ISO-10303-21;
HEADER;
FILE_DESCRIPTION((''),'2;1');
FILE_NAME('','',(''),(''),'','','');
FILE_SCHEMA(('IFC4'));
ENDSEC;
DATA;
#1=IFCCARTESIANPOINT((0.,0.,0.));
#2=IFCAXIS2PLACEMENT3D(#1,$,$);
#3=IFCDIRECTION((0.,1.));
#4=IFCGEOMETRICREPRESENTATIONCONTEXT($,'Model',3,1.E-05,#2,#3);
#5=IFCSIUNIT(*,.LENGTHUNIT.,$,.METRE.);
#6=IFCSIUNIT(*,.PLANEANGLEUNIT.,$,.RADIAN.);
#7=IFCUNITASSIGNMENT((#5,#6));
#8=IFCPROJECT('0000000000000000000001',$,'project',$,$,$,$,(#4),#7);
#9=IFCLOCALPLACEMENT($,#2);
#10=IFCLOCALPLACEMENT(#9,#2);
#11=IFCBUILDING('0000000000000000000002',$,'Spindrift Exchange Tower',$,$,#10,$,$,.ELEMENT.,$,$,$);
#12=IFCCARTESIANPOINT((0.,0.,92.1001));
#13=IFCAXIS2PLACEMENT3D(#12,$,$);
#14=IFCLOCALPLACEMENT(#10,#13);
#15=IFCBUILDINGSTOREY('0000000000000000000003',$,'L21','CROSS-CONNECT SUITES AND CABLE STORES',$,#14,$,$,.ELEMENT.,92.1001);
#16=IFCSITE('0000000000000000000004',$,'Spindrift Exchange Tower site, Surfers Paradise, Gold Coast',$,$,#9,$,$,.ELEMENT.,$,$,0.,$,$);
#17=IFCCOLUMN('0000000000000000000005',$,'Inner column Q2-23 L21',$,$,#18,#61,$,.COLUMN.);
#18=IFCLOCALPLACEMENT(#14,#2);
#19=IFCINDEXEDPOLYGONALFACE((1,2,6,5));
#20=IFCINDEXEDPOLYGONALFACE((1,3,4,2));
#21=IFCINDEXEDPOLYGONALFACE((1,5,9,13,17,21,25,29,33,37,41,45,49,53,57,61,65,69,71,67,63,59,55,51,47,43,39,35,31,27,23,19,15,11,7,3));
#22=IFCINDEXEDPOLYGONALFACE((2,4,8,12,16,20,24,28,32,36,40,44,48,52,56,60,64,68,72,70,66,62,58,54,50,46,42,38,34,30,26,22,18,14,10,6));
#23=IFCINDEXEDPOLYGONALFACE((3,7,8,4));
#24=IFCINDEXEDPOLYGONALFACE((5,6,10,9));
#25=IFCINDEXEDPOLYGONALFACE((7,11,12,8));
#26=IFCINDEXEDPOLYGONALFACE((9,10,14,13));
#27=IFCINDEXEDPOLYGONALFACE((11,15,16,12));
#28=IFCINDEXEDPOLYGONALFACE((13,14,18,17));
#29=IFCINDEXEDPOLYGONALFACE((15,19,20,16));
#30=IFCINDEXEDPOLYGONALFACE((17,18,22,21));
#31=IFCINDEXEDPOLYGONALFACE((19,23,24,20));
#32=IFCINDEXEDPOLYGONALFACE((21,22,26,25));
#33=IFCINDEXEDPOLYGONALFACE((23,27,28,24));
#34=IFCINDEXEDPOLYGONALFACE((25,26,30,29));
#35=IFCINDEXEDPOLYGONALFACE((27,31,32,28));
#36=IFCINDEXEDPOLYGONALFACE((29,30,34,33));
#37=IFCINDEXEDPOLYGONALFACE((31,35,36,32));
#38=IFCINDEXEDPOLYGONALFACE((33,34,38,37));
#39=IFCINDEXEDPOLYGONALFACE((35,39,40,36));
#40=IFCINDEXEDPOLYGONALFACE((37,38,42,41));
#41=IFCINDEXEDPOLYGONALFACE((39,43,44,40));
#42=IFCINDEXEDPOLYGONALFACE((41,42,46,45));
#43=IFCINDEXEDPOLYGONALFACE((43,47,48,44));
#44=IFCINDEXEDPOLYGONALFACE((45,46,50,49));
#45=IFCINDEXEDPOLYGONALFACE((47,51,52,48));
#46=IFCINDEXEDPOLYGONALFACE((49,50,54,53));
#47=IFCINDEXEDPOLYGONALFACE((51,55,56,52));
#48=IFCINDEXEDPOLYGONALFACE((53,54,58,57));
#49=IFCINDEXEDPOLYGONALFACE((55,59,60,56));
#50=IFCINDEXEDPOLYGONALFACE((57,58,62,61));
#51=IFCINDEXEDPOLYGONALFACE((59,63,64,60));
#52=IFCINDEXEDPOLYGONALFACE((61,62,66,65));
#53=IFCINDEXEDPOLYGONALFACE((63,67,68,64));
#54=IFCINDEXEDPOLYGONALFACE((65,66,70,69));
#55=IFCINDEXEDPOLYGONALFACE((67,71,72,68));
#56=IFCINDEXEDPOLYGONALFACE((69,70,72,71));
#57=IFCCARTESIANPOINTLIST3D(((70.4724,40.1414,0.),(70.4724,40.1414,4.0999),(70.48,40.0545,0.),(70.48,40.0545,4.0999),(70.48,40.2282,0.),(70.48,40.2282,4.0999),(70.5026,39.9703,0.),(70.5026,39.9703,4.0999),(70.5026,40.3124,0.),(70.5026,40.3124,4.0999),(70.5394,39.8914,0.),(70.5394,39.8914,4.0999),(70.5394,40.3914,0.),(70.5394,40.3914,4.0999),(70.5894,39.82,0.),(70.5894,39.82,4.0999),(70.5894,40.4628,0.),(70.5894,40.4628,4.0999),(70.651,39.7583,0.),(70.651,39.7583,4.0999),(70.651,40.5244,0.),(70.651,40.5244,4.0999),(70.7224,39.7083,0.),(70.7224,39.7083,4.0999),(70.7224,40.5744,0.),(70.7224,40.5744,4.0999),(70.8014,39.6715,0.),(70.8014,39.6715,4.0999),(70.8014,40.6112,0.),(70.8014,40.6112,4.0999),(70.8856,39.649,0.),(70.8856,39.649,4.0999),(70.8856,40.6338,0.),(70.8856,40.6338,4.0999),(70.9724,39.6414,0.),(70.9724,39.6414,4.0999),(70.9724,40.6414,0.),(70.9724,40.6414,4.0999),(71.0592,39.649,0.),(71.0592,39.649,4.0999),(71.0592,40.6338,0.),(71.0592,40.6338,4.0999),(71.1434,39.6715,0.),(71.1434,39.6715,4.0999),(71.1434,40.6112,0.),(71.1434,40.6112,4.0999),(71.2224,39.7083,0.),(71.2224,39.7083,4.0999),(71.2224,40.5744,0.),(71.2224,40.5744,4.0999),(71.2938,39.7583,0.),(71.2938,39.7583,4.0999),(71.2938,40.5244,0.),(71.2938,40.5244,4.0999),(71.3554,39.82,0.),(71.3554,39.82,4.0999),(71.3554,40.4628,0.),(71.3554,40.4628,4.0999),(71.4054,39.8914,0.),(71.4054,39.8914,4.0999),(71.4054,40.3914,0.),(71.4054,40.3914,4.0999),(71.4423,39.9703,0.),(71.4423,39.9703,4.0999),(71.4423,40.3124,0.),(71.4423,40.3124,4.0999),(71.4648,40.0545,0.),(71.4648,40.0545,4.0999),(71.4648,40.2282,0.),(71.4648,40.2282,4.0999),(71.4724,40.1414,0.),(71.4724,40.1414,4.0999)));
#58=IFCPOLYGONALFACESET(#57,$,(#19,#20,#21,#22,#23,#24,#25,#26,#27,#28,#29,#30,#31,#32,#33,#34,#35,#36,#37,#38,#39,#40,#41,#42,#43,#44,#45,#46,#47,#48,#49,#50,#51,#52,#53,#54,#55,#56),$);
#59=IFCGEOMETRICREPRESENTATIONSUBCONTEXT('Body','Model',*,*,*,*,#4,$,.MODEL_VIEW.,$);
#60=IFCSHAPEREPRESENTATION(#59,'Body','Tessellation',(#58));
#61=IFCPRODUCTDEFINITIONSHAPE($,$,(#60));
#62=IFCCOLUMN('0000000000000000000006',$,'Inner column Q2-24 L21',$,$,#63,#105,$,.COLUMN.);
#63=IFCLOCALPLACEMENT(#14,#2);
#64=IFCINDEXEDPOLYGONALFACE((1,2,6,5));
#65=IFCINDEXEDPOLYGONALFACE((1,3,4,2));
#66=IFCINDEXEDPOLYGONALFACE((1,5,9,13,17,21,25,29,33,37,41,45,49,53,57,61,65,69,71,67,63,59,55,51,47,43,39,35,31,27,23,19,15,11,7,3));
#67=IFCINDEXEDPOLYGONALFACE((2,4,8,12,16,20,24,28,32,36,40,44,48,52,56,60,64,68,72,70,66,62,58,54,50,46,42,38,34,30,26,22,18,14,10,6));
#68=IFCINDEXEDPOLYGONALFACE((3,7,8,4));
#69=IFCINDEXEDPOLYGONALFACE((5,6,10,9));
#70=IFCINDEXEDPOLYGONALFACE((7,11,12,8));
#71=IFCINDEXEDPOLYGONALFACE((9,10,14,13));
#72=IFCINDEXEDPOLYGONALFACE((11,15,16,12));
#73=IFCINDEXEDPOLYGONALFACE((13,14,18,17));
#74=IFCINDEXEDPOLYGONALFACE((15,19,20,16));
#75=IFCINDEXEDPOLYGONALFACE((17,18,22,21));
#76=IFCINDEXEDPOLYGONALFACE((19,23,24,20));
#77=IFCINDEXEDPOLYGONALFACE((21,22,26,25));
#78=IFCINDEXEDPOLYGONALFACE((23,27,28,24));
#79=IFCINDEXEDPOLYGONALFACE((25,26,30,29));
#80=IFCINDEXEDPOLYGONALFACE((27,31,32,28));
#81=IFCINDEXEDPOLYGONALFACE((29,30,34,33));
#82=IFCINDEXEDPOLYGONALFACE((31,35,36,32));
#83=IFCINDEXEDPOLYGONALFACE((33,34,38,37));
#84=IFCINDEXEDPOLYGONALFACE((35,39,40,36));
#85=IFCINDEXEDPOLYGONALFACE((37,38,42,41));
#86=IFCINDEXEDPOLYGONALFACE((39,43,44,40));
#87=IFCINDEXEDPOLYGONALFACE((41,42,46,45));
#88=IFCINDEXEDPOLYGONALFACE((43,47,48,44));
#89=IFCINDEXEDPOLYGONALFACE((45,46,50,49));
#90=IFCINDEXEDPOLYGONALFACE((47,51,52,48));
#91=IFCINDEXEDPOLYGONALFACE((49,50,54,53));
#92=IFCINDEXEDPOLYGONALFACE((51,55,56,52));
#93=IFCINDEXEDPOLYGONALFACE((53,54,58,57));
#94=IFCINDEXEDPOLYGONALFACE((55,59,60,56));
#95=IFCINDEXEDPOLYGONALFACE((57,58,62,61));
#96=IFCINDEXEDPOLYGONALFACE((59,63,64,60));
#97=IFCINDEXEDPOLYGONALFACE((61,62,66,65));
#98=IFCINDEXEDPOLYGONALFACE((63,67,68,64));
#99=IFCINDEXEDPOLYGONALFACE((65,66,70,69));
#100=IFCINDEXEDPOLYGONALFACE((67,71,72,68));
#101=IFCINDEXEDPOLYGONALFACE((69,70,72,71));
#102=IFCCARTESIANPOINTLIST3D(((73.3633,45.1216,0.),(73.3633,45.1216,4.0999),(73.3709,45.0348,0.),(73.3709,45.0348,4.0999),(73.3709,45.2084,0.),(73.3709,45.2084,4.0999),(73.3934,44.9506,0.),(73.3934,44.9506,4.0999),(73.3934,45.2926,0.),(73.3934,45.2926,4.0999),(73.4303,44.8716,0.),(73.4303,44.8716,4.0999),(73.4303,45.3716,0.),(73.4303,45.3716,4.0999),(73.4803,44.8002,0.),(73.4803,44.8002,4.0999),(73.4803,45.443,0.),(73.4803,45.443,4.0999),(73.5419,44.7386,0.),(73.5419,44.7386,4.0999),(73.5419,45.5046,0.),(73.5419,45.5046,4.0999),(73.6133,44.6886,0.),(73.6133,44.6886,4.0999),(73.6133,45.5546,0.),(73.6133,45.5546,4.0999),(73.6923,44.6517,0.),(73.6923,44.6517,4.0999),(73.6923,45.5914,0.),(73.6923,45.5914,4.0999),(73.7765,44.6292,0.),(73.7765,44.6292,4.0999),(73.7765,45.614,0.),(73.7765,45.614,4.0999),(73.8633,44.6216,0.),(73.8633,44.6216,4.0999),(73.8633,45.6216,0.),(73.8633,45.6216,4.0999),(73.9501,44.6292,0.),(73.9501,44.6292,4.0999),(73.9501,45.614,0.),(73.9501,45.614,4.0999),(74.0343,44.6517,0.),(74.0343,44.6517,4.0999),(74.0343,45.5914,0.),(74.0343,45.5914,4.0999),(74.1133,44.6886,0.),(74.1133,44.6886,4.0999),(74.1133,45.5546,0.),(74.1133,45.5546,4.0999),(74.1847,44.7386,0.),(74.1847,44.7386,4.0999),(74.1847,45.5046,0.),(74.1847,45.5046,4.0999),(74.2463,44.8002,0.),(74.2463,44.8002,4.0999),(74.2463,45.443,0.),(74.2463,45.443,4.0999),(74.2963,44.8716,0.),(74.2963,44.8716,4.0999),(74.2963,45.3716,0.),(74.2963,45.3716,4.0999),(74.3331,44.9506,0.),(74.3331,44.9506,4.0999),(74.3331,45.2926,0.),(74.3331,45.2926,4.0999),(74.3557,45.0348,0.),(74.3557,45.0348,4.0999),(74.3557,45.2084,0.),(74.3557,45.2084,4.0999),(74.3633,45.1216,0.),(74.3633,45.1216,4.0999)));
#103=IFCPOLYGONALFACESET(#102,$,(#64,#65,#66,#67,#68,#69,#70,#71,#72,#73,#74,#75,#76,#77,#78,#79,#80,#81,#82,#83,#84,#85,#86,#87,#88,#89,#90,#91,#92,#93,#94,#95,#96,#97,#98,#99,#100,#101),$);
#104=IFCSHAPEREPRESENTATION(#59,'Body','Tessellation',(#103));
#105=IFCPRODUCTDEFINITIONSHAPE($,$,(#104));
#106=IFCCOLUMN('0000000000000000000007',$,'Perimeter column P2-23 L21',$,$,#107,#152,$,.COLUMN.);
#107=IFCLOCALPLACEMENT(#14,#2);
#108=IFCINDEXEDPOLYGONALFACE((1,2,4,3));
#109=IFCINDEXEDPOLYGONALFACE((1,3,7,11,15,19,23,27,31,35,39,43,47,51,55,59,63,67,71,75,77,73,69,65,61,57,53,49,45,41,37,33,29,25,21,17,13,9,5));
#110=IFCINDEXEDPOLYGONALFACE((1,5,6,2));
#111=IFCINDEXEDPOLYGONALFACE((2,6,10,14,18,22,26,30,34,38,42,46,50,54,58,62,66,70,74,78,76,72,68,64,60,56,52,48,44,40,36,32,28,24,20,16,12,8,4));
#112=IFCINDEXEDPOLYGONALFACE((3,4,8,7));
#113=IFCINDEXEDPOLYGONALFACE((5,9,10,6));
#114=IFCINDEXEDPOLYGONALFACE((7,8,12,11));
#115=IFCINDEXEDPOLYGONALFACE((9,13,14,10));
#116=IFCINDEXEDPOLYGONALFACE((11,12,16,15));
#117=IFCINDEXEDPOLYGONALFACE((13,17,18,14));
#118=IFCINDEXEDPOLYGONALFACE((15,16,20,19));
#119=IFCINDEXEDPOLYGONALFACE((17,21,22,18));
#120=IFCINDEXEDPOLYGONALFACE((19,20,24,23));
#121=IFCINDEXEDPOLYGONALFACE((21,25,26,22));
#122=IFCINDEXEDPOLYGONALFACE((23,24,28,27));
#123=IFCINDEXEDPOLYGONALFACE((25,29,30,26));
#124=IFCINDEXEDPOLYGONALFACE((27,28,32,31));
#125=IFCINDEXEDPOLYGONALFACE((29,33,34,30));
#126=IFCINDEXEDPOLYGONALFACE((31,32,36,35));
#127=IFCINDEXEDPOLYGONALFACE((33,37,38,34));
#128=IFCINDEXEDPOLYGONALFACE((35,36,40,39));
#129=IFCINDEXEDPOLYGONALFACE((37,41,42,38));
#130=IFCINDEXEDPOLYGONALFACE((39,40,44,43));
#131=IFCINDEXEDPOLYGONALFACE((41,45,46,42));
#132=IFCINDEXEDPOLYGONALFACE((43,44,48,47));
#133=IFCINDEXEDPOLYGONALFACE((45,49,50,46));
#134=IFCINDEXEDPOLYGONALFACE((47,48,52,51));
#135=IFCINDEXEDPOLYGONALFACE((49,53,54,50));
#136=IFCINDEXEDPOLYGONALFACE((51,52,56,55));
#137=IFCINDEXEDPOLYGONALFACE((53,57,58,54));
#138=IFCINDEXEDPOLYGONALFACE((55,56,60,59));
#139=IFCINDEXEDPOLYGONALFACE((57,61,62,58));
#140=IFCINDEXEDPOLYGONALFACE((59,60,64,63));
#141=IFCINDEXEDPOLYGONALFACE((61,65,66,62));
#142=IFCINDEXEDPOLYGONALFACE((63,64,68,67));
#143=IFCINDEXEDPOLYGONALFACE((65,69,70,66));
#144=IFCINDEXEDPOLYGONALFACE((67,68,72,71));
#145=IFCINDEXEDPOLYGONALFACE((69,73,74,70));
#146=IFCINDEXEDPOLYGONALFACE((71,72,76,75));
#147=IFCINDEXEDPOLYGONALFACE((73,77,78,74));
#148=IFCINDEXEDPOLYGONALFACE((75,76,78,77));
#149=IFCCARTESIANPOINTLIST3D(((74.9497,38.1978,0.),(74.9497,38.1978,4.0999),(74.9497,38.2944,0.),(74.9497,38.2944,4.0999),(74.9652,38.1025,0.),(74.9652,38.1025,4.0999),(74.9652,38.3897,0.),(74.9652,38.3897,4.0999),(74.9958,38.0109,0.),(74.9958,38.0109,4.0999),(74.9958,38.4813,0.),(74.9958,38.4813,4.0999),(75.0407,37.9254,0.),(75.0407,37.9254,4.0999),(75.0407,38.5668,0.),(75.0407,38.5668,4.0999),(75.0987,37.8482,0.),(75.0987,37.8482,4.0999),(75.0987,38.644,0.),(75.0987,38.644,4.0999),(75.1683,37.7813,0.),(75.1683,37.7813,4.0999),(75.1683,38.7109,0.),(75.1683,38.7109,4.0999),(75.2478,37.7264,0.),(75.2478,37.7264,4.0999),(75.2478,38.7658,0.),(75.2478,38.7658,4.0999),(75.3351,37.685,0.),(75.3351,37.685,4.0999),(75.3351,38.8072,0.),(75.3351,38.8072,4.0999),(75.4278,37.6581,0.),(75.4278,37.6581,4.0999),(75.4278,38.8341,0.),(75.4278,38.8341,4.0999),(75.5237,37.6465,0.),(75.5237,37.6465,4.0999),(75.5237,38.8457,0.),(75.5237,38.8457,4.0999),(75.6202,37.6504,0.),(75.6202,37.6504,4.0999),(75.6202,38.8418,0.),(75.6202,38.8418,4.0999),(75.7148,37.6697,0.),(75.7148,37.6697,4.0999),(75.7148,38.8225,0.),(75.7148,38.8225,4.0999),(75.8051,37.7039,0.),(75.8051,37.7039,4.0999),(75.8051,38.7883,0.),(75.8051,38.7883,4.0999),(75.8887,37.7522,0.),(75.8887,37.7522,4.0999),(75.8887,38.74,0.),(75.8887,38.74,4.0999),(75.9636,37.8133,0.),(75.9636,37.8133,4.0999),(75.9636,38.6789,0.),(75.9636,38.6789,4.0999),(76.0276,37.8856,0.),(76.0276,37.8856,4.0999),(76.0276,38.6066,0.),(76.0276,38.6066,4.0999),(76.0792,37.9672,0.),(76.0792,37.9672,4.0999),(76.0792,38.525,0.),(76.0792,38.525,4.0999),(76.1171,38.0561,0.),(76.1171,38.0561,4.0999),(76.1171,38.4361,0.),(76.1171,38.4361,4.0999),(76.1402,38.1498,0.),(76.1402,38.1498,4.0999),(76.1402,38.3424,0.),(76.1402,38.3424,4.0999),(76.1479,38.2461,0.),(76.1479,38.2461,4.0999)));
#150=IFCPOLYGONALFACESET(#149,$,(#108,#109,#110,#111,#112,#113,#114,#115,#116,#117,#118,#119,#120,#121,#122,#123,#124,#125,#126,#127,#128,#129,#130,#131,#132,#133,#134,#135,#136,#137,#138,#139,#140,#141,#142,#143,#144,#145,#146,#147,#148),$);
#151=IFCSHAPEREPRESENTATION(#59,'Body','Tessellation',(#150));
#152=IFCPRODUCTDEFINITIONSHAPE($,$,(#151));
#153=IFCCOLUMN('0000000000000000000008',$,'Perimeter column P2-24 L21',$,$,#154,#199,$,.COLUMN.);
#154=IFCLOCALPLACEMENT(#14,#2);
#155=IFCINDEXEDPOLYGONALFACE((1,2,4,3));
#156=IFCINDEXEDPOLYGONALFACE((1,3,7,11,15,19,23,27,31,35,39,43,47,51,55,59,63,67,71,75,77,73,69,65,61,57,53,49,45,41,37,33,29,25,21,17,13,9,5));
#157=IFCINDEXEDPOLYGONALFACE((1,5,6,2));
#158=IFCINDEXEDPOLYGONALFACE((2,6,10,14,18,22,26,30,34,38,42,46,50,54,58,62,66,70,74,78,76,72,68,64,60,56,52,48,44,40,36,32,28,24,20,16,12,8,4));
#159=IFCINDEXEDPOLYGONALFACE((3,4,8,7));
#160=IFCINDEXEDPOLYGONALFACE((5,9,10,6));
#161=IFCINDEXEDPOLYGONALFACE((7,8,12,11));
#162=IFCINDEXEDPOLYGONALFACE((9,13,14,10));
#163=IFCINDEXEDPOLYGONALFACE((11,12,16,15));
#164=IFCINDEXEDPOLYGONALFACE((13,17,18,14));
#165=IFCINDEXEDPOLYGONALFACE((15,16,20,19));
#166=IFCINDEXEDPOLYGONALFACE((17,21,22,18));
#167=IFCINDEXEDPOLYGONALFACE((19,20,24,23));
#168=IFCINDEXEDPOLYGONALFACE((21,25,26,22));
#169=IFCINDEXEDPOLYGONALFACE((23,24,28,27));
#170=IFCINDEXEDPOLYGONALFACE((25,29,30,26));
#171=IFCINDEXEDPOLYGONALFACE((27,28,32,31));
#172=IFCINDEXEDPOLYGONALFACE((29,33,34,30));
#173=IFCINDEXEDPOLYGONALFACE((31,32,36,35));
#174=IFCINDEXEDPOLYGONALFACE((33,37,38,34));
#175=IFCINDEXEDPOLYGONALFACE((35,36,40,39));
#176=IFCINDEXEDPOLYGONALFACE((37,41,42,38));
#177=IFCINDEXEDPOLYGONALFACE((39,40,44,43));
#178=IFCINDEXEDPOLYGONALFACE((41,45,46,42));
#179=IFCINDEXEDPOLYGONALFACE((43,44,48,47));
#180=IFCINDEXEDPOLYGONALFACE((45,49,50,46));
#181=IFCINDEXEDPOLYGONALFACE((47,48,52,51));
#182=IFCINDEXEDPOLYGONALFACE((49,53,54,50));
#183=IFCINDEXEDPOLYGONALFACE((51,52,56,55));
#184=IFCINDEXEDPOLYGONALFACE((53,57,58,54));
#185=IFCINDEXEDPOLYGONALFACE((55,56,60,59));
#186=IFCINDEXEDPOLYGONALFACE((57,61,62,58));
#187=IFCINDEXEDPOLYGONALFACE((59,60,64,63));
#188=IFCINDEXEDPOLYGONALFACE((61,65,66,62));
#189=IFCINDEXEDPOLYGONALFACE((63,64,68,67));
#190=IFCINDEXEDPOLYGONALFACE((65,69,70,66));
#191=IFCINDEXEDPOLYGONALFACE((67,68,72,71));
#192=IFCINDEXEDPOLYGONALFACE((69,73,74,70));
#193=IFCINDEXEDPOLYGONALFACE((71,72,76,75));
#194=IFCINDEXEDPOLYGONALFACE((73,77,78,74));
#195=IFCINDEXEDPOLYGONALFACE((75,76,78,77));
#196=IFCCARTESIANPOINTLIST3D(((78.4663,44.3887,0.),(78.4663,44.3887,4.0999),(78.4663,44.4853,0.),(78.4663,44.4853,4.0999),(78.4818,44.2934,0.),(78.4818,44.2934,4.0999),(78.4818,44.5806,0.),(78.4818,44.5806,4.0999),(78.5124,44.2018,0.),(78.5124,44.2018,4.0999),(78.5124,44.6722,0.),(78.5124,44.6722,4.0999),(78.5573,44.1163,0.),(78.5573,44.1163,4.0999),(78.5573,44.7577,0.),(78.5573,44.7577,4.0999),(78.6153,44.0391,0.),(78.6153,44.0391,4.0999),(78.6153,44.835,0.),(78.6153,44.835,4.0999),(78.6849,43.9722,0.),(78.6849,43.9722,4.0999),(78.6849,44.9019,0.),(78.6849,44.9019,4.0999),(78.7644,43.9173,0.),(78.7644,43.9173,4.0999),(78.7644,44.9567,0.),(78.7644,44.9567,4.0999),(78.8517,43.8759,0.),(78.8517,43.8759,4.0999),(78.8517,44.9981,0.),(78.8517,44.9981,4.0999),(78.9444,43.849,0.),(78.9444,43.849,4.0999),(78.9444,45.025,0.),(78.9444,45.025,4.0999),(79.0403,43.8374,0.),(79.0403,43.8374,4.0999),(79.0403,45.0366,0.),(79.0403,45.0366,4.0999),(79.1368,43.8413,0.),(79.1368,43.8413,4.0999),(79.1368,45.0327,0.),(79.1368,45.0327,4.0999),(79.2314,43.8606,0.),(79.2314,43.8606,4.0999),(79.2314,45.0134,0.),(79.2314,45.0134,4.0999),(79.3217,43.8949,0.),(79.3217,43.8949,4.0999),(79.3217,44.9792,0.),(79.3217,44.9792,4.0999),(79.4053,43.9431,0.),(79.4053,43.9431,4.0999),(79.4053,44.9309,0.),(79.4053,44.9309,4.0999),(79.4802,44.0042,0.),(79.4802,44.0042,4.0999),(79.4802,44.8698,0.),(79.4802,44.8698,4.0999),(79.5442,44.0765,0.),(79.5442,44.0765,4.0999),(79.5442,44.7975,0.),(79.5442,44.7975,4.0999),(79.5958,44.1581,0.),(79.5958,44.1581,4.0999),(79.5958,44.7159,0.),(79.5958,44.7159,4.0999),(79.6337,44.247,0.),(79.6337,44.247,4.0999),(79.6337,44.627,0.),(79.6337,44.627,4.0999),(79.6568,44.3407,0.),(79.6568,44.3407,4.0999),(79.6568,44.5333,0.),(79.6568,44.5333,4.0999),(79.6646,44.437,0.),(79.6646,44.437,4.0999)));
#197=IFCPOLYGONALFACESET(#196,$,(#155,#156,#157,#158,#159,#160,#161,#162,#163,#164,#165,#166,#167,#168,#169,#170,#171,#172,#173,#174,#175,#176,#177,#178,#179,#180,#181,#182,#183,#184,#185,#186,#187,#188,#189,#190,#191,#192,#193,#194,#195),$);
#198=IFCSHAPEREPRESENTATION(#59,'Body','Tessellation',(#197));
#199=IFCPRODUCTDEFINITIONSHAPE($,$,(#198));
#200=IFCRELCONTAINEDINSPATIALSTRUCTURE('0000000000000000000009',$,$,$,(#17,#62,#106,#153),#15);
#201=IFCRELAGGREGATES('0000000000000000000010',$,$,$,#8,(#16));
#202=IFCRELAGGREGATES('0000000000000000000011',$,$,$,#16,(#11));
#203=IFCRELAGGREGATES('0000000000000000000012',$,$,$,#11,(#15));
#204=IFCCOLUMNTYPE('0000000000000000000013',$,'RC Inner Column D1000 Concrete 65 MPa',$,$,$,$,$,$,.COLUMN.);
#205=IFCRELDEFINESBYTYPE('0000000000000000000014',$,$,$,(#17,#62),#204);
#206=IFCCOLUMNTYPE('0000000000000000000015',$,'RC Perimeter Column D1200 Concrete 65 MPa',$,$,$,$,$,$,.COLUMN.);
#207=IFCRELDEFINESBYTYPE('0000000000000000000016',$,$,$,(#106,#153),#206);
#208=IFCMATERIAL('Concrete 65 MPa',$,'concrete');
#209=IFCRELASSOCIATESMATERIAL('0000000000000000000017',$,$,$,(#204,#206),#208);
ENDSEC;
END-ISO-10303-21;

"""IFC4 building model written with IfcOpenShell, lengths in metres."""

from ifc_helpers import new_model, si_unit, direction, frame, origin, origin_2d, place, context, subcontext, project, spatial, circle, extrude, source, transform, mapped, material, material_profile, profile_set, type_object, element, save


model = new_model("IFC4")

# Units and contexts
model_context = context("Model", 3, precision=1e-05, world=origin(), true_north=direction((0.0, 1.0)))
body_context = subcontext(model_context, "Body", "Model", "MODEL_VIEW")
ifc_project = project(units=[si_unit("LENGTHUNIT", "METRE"), si_unit("PLANEANGLEUNIT", "RADIAN")], contexts=[model_context])

# Site, building, storey
site_placement = place(None, origin())
site = spatial("IfcSite", under=ifc_project, at=site_placement, Name="Spindrift Exchange Tower site, Surfers Paradise, Gold Coast", CompositionType="ELEMENT", RefElevation=0.0)
building_placement = place(site_placement, origin())
building = spatial("IfcBuilding", under=site, at=building_placement, Name="Spindrift Exchange Tower", CompositionType="ELEMENT")
storey_placement = place(building_placement, frame((0.0, 0.0, 92.1001)))
storey = spatial("IfcBuildingStorey", under=building, at=storey_placement, Name="L21", Description="CROSS-CONNECT SUITES AND CABLE STORES", CompositionType="ELEMENT", Elevation=92.1001)

# Columns
ifc_material_1 = material(Name="Concrete 65 MPa", Category="concrete")
ifc_material_profile_1 = material_profile(ifc_material_1, circle(Radius=0.5, at=origin_2d()), Name="RC D1000")
ifc_profile_set_1 = profile_set([ifc_material_profile_1], Name="Concrete 65 MPa")
column_type_1 = type_object("IfcColumnType", Name="RC Inner Column D1000 Concrete 65 MPa", PredefinedType="COLUMN", material=ifc_profile_set_1)
shared_shape_1 = source(origin(), body_context, "Body", "SweptSolid", [
    extrude(circle(Radius=0.5, at=origin_2d()), origin(), (0.0, 0.0, 1.0), 4.0999),
])
for number, where, z_axis, x_axis, name in (
    (1, (70.9724, 40.1414, 0.0), (0.0, 0.0, 1.0), (1.0, 0.0, 0.0), "Inner column Q2-23 L21"),
    (2, (73.8633, 45.1216, 0.0), (0.0, 0.0, 1.0), (1.0, 0.0, 0.0), "Inner column Q2-24 L21"),
):
    element("IfcColumn", number, at=place(storey_placement, frame(where, z_axis=z_axis, x_axis=x_axis)), inside=storey, type_object=column_type_1, Name=name, PredefinedType="COLUMN", context=body_context, shape_type="MappedRepresentation", body=[
        mapped(shared_shape_1, transform((0.0, 0.0, 0.0), scale=1.0)),
    ])
ifc_material_profile_2 = material_profile(ifc_material_1, circle(Radius=0.6001, at=origin_2d()), Name="RC D1200")
ifc_profile_set_2 = profile_set([ifc_material_profile_2], Name="Concrete 65 MPa")
column_type_2 = type_object("IfcColumnType", Name="RC Perimeter Column D1200 Concrete 65 MPa", PredefinedType="COLUMN", material=ifc_profile_set_2)
shared_shape_2 = source(origin(), body_context, "Body", "SweptSolid", [
    extrude(circle(Radius=0.6001, at=origin_2d()), origin(), (0.0, 0.0, 1.0), 4.0999),
])
for number, where, z_axis, x_axis, name in (
    (3, (75.5479, 38.2461, 0.0), (0.0, 0.0, 1.0), (1.0, 0.0, 0.0), "Perimeter column P2-23 L21"),
    (4, (79.0645, 44.437, 0.0), (0.0, 0.0, 1.0), (1.0, 0.0, 0.0), "Perimeter column P2-24 L21"),
):
    element("IfcColumn", number, at=place(storey_placement, frame(where, z_axis=z_axis, x_axis=x_axis)), inside=storey, type_object=column_type_2, Name=name, PredefinedType="COLUMN", context=body_context, shape_type="MappedRepresentation", body=[
        mapped(shared_shape_2, transform((0.0, 0.0, 0.0), scale=1.0)),
    ])

save(model, "model.ifc")
